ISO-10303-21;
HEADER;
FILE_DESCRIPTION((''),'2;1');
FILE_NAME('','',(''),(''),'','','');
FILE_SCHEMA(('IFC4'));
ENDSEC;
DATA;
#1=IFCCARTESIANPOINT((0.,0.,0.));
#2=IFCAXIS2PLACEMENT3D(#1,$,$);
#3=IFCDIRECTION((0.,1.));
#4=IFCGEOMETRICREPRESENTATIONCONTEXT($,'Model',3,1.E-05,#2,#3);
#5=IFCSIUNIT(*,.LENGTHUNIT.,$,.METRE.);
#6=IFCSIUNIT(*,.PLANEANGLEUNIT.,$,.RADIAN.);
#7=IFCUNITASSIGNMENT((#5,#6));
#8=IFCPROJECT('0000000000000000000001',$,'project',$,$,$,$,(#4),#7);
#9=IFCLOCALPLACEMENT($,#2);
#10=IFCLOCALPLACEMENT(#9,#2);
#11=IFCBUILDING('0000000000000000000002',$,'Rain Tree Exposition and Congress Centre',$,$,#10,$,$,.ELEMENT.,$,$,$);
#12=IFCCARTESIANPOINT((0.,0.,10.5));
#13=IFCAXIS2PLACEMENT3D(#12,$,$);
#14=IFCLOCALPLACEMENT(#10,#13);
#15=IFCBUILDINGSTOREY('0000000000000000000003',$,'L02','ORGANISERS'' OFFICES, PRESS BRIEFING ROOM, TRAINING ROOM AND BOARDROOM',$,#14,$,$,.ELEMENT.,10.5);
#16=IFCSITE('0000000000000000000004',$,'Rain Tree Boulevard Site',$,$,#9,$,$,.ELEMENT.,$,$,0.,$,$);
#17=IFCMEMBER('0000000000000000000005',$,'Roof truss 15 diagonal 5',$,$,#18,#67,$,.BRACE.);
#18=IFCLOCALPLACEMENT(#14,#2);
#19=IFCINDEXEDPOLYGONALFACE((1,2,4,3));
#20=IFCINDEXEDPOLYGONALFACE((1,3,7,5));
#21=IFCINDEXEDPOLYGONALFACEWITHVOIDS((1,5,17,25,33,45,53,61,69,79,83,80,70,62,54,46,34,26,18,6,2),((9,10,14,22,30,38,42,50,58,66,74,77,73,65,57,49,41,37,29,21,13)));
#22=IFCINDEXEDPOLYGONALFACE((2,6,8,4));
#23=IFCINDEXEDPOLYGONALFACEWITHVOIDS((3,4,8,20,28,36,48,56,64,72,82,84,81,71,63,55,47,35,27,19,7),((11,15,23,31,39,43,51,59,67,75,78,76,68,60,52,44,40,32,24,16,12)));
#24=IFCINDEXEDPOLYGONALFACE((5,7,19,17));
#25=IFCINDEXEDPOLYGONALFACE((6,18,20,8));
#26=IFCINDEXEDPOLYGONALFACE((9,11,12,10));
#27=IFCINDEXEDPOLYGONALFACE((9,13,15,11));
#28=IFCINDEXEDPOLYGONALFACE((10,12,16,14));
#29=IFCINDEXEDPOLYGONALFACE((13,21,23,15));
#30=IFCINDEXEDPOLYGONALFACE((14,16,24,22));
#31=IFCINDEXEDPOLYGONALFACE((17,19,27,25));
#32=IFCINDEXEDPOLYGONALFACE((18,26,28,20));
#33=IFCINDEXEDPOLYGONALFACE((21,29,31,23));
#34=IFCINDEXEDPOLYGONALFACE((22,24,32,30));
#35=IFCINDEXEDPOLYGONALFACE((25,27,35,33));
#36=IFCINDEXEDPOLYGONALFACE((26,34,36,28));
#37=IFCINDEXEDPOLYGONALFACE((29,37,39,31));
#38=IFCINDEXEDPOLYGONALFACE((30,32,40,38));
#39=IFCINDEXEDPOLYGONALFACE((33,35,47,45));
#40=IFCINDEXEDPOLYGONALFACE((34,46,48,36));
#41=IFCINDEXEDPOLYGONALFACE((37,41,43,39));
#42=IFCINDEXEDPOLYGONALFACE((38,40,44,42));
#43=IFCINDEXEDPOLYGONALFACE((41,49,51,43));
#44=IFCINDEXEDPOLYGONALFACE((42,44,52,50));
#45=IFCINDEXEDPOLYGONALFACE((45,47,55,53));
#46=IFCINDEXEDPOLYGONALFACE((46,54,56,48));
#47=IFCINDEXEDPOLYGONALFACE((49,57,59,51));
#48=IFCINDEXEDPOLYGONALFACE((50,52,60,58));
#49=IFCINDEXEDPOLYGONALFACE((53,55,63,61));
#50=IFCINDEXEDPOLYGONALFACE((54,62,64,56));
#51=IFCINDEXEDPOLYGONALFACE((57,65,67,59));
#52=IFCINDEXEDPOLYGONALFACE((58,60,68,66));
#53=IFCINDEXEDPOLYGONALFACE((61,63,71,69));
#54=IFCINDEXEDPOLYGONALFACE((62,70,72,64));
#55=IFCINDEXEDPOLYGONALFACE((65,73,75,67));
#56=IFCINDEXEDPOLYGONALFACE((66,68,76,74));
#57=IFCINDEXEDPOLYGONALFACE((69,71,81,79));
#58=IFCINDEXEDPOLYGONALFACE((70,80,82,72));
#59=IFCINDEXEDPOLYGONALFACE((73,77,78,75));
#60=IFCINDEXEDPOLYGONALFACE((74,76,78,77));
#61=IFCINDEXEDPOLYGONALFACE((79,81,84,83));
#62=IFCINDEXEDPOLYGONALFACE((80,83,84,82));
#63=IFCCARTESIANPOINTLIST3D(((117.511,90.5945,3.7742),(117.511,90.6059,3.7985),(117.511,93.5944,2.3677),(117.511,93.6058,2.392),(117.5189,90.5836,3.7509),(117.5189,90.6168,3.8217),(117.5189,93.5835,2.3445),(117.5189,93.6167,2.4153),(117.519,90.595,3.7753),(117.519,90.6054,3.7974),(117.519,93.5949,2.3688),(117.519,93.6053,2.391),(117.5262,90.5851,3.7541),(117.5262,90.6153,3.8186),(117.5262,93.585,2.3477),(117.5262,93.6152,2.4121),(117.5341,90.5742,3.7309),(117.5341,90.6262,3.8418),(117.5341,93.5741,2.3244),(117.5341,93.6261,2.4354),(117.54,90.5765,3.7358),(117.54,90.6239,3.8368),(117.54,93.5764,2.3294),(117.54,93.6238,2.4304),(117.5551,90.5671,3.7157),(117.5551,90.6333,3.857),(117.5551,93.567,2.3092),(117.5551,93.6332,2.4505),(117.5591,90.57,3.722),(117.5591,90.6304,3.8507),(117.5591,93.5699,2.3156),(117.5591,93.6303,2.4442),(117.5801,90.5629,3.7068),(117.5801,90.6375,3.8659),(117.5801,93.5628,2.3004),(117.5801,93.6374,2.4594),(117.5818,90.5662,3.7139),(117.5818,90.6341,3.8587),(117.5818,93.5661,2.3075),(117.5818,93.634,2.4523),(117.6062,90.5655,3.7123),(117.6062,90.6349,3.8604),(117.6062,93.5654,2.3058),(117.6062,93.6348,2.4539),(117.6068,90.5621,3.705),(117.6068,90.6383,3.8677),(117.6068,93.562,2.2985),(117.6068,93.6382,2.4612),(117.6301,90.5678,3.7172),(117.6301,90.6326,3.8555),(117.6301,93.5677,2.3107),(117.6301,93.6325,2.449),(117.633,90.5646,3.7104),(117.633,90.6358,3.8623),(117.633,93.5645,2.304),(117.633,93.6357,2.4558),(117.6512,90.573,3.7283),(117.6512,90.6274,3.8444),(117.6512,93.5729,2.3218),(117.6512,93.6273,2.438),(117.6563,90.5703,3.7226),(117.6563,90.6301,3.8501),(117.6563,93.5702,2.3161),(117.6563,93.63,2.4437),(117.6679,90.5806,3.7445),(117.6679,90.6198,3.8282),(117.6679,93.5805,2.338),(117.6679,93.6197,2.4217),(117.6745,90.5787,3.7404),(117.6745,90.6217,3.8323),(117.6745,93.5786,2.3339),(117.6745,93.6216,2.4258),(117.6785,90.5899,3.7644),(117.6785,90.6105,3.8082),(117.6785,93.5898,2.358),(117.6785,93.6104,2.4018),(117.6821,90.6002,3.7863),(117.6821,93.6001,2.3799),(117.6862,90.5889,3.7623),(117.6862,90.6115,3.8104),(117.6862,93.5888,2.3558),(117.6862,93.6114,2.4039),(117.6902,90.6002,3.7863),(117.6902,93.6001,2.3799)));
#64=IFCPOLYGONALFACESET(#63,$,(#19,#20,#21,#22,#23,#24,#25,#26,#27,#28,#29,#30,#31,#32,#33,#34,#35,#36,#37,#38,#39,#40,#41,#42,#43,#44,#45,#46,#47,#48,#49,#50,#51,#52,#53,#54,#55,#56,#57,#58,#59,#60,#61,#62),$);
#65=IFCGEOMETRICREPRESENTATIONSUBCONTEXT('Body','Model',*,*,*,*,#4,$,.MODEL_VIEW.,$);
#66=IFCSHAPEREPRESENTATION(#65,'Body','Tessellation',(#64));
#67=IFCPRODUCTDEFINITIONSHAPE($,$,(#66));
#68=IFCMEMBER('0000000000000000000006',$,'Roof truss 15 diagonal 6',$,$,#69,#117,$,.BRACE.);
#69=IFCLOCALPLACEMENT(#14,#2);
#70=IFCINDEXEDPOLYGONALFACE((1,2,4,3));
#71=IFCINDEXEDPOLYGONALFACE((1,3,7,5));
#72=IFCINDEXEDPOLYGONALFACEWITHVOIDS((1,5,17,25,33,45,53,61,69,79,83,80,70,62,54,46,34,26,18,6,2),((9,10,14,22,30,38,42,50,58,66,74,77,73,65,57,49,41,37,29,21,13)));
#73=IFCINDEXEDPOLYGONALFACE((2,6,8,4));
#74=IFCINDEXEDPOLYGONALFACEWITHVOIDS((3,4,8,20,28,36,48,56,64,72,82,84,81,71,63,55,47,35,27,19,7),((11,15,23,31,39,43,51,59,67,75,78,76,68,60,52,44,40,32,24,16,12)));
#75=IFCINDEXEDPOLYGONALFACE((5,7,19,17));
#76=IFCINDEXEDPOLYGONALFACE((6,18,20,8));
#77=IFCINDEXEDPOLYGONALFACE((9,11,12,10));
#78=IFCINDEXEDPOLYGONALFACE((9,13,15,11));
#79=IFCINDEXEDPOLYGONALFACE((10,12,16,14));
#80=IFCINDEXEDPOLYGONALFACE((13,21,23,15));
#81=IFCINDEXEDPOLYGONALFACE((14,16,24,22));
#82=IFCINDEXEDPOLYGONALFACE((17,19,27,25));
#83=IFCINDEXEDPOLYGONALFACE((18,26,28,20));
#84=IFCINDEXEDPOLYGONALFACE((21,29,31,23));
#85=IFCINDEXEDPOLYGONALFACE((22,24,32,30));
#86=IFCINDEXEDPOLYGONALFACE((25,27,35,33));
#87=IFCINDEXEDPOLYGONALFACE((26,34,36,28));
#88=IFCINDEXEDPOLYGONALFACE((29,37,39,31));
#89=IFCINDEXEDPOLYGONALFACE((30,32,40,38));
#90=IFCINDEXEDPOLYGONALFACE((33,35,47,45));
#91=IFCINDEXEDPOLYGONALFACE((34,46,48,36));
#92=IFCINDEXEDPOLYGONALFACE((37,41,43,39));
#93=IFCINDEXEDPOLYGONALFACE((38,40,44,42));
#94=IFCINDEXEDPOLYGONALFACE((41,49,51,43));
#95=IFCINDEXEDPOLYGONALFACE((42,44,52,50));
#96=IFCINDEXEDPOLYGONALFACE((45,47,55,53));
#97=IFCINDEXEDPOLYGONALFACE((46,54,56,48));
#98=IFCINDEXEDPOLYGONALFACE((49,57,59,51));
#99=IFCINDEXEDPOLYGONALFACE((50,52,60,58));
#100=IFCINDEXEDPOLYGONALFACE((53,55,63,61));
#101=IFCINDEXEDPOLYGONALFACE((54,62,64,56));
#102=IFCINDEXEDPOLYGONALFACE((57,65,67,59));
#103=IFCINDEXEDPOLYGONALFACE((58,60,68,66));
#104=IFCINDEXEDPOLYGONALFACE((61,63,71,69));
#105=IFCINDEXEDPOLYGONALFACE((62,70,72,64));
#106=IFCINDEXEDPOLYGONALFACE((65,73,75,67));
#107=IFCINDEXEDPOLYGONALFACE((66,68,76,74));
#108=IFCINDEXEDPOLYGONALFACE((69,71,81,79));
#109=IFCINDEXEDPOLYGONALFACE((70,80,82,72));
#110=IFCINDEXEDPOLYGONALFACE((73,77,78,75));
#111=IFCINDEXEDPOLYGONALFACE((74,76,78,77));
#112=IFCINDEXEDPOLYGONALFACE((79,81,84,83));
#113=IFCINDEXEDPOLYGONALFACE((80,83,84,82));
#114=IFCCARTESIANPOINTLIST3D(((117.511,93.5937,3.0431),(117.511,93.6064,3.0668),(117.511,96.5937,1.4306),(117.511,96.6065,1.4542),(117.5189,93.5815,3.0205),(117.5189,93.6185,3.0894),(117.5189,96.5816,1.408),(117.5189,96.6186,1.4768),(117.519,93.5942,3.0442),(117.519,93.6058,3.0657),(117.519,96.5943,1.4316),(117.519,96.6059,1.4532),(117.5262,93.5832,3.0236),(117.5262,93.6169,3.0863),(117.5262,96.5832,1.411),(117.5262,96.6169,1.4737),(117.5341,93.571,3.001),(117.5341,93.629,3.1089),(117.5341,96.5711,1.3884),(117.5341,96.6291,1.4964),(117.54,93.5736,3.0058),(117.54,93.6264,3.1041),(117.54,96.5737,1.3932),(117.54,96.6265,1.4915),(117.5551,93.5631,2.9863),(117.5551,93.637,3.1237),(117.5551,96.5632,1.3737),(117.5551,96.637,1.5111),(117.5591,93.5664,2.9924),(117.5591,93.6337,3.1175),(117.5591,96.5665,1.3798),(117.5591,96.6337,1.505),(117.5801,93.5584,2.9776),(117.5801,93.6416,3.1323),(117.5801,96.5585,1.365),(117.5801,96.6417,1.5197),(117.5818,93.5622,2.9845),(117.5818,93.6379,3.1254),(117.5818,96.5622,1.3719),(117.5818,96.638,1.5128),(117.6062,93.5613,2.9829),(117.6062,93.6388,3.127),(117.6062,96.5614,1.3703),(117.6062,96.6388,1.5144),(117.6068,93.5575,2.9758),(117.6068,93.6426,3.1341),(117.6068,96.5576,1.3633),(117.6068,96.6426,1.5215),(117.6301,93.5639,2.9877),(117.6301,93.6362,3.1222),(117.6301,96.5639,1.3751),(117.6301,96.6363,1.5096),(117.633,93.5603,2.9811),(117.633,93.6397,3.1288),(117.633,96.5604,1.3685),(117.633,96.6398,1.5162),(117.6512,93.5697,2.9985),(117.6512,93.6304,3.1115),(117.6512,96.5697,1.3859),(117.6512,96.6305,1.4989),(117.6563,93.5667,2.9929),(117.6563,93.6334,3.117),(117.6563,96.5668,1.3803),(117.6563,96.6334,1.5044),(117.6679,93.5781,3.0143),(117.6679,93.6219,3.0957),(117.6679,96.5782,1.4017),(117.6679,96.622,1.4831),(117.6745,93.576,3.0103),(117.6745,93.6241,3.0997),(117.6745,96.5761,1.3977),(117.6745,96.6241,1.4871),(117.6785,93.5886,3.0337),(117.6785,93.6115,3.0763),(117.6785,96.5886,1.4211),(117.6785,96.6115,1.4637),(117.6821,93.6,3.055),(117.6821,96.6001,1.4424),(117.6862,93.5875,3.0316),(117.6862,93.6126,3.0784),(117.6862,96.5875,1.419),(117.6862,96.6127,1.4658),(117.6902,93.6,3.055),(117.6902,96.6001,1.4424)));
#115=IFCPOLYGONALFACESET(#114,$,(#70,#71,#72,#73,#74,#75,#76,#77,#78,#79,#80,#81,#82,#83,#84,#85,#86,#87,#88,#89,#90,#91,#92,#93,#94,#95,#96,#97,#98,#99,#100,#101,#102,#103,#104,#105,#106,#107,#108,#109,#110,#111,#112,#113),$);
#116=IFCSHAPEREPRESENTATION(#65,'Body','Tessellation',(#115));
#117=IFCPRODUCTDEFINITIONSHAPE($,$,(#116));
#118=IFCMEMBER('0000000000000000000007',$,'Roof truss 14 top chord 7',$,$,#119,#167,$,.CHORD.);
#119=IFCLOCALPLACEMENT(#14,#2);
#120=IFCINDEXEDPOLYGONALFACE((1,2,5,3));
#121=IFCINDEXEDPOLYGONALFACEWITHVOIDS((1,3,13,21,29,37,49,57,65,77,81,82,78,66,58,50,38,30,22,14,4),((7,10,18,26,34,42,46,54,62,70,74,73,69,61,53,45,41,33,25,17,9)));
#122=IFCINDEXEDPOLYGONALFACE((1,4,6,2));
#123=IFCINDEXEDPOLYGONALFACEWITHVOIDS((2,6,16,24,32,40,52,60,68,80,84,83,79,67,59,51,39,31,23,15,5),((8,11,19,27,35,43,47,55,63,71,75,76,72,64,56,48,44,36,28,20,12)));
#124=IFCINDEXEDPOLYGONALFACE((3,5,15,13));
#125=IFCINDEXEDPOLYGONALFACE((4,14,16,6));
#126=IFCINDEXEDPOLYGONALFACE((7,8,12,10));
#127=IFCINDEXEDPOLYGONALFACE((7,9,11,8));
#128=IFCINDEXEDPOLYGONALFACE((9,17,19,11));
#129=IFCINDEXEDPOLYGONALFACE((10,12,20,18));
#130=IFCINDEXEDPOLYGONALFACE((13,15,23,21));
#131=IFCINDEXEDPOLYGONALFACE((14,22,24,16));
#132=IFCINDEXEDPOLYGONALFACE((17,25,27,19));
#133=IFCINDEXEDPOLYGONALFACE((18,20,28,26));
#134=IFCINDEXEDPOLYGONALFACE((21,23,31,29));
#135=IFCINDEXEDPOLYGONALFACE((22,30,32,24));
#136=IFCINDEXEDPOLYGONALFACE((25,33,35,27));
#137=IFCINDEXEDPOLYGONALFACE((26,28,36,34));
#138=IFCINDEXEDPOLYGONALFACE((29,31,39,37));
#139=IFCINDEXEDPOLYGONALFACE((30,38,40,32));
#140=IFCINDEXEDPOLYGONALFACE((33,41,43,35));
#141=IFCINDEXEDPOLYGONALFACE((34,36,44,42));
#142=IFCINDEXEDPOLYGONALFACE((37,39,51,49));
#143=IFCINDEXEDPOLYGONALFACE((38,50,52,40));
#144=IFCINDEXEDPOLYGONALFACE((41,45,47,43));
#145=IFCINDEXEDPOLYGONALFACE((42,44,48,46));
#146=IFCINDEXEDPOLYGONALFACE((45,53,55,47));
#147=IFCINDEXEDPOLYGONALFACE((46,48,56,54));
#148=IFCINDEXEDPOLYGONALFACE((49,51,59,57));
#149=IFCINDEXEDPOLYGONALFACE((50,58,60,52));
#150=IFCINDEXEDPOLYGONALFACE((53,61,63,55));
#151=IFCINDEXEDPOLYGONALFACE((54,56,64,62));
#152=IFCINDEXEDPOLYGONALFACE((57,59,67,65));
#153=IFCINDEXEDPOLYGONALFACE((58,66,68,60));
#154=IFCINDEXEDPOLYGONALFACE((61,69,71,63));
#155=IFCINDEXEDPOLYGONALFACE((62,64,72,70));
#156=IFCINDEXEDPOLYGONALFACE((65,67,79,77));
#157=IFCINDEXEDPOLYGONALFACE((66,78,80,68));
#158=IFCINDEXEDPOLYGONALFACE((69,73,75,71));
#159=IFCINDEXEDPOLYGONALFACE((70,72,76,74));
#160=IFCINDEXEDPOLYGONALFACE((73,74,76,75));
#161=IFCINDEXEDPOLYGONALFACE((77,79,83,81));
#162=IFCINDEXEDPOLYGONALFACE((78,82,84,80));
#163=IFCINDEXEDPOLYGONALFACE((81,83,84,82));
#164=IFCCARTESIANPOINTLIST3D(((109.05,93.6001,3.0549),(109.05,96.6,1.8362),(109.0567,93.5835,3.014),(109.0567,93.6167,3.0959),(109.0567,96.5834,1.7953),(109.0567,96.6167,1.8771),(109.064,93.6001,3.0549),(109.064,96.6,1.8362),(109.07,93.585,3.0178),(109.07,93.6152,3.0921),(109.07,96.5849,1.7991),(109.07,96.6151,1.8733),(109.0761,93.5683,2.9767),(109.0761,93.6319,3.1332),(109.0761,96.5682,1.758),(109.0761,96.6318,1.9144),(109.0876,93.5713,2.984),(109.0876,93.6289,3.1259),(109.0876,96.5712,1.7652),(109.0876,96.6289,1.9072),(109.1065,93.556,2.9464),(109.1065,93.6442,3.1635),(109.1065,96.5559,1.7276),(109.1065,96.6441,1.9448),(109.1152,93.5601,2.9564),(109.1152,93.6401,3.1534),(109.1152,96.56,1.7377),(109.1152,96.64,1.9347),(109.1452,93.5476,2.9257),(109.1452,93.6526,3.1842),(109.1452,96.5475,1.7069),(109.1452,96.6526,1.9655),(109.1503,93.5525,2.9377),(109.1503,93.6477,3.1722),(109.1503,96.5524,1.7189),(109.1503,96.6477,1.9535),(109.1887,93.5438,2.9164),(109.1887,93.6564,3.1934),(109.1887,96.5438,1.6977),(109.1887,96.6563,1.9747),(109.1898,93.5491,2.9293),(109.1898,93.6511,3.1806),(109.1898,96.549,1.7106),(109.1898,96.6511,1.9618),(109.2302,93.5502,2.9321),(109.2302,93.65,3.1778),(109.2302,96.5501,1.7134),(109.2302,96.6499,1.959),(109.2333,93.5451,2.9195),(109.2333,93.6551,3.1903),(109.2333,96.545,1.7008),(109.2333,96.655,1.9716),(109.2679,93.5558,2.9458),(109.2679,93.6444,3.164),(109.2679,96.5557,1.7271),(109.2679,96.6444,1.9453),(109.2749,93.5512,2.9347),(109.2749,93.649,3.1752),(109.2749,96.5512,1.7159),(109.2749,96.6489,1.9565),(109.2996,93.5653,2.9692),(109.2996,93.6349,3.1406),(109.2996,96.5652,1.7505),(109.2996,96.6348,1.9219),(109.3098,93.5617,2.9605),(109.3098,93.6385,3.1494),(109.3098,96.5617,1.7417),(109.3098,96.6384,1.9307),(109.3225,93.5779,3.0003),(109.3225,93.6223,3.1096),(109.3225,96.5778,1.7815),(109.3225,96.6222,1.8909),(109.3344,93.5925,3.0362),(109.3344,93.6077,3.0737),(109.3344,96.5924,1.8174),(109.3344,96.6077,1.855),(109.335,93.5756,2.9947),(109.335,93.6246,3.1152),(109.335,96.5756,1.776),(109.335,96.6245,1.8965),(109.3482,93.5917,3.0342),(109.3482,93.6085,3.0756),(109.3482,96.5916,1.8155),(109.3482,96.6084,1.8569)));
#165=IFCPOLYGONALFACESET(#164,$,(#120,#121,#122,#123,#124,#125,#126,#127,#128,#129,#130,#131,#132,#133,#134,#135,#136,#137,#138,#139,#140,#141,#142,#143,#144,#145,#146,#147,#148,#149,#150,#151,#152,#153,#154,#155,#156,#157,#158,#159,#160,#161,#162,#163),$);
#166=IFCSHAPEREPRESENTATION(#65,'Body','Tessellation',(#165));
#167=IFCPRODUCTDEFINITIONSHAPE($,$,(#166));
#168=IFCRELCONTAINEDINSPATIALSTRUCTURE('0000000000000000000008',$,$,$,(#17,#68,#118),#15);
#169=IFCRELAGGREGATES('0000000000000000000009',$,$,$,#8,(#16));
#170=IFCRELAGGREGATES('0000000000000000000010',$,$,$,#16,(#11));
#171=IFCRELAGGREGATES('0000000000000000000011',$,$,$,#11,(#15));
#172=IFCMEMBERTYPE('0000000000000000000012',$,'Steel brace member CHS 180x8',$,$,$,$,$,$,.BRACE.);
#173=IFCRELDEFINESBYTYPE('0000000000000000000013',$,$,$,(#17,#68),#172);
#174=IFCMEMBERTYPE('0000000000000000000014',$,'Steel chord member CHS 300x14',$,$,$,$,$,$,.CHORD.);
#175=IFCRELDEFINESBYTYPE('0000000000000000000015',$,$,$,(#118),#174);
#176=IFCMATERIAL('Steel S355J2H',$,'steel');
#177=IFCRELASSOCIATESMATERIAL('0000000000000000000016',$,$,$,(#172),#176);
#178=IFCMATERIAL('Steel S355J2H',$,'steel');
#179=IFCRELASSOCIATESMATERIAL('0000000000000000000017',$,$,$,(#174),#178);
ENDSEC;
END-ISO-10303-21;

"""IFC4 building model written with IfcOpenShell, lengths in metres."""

from ifc_helpers import new_model, si_unit, direction, frame, origin, origin_2d, place, context, subcontext, project, spatial, hollow_circle, extrude, material, material_profile, profile_set, type_object, element, save


model = new_model("IFC4")

# Units and contexts
model_context = context("Model", 3, precision=1e-05, world=origin(), true_north=direction((0.0, 1.0)))
body_context = subcontext(model_context, "Body", "Model", "MODEL_VIEW")
ifc_project = project(units=[si_unit("LENGTHUNIT", "METRE"), si_unit("PLANEANGLEUNIT", "RADIAN")], contexts=[model_context])

# Site, building, storey
site_placement = place(None, origin())
site = spatial("IfcSite", under=ifc_project, at=site_placement, Name="Rain Tree Boulevard Site", CompositionType="ELEMENT", RefElevation=0.0)
building_placement = place(site_placement, origin())
building = spatial("IfcBuilding", under=site, at=building_placement, Name="Rain Tree Exposition and Congress Centre", CompositionType="ELEMENT")
storey_placement = place(building_placement, frame((0.0, 0.0, 10.5)))
storey = spatial("IfcBuildingStorey", under=building, at=storey_placement, Name="L02", Description="ORGANISERS' OFFICES, PRESS BRIEFING ROOM, TRAINING ROOM AND BOARDROOM", CompositionType="ELEMENT", Elevation=10.5)

# Members
ifc_material_1 = material(Name="Steel S355J2H", Category="steel")
ifc_material_profile_1 = material_profile(ifc_material_1, hollow_circle(Radius=0.0901, WallThickness=0.0081, at=origin_2d()), Name="CHS 180x8")
ifc_profile_set_1 = profile_set([ifc_material_profile_1], Name="Steel S355J2H")
member_type_1 = type_object("IfcMemberType", Name="Steel brace member CHS 180x8", PredefinedType="BRACE", material=ifc_profile_set_1)
member_1_placement = place(storey_placement, frame((117.6001, 93.6001, 2.3799), z_axis=(0.0, -0.905431, 0.424494), x_axis=(1.0, 0.0, 0.0)))
element("IfcMember", 1, at=member_1_placement, inside=storey, type_object=member_type_1, Name="Roof truss 15 diagonal 5", PredefinedType="BRACE", context=body_context, shape_type="SweptSolid", body=[
    extrude(hollow_circle(Radius=0.0901, WallThickness=0.0081, at=origin_2d()), origin(), (0.0, 0.0, 1.0), 3.3132),
])
member_2_placement = place(storey_placement, frame((117.6001, 96.6001, 1.4424), z_axis=(0.0, -0.880818, 0.473454), x_axis=(1.0, 0.0, 0.0)))
element("IfcMember", 2, at=member_2_placement, inside=storey, type_object=member_type_1, Name="Roof truss 15 diagonal 6", PredefinedType="BRACE", context=body_context, shape_type="SweptSolid", body=[
    extrude(hollow_circle(Radius=0.0901, WallThickness=0.0081, at=origin_2d()), origin(), (0.0, 0.0, 1.0), 3.406),
])
ifc_material_2 = material(Name="Steel S355J2H", Category="steel")
ifc_material_profile_2 = material_profile(ifc_material_2, hollow_circle(Radius=0.1499, WallThickness=0.0139, at=origin_2d()), Name="CHS 300x14")
ifc_profile_set_2 = profile_set([ifc_material_profile_2], Name="Steel S355J2H")
member_type_2 = type_object("IfcMemberType", Name="Steel chord member CHS 300x14", PredefinedType="CHORD", material=ifc_profile_set_2)
member_3_placement = place(storey_placement, frame((109.2, 93.6001, 3.0549), z_axis=(0.0, 0.926467, -0.376377), x_axis=(-1.0, 0.0, 0.0)))
element("IfcMember", 3, at=member_3_placement, inside=storey, type_object=member_type_2, Name="Roof truss 14 top chord 7", PredefinedType="CHORD", context=body_context, shape_type="SweptSolid", body=[
    extrude(hollow_circle(Radius=0.1499, WallThickness=0.0139, at=origin_2d()), origin(), (0.0, 0.0, 1.0), 3.238),
])

save(model, "model.ifc")
